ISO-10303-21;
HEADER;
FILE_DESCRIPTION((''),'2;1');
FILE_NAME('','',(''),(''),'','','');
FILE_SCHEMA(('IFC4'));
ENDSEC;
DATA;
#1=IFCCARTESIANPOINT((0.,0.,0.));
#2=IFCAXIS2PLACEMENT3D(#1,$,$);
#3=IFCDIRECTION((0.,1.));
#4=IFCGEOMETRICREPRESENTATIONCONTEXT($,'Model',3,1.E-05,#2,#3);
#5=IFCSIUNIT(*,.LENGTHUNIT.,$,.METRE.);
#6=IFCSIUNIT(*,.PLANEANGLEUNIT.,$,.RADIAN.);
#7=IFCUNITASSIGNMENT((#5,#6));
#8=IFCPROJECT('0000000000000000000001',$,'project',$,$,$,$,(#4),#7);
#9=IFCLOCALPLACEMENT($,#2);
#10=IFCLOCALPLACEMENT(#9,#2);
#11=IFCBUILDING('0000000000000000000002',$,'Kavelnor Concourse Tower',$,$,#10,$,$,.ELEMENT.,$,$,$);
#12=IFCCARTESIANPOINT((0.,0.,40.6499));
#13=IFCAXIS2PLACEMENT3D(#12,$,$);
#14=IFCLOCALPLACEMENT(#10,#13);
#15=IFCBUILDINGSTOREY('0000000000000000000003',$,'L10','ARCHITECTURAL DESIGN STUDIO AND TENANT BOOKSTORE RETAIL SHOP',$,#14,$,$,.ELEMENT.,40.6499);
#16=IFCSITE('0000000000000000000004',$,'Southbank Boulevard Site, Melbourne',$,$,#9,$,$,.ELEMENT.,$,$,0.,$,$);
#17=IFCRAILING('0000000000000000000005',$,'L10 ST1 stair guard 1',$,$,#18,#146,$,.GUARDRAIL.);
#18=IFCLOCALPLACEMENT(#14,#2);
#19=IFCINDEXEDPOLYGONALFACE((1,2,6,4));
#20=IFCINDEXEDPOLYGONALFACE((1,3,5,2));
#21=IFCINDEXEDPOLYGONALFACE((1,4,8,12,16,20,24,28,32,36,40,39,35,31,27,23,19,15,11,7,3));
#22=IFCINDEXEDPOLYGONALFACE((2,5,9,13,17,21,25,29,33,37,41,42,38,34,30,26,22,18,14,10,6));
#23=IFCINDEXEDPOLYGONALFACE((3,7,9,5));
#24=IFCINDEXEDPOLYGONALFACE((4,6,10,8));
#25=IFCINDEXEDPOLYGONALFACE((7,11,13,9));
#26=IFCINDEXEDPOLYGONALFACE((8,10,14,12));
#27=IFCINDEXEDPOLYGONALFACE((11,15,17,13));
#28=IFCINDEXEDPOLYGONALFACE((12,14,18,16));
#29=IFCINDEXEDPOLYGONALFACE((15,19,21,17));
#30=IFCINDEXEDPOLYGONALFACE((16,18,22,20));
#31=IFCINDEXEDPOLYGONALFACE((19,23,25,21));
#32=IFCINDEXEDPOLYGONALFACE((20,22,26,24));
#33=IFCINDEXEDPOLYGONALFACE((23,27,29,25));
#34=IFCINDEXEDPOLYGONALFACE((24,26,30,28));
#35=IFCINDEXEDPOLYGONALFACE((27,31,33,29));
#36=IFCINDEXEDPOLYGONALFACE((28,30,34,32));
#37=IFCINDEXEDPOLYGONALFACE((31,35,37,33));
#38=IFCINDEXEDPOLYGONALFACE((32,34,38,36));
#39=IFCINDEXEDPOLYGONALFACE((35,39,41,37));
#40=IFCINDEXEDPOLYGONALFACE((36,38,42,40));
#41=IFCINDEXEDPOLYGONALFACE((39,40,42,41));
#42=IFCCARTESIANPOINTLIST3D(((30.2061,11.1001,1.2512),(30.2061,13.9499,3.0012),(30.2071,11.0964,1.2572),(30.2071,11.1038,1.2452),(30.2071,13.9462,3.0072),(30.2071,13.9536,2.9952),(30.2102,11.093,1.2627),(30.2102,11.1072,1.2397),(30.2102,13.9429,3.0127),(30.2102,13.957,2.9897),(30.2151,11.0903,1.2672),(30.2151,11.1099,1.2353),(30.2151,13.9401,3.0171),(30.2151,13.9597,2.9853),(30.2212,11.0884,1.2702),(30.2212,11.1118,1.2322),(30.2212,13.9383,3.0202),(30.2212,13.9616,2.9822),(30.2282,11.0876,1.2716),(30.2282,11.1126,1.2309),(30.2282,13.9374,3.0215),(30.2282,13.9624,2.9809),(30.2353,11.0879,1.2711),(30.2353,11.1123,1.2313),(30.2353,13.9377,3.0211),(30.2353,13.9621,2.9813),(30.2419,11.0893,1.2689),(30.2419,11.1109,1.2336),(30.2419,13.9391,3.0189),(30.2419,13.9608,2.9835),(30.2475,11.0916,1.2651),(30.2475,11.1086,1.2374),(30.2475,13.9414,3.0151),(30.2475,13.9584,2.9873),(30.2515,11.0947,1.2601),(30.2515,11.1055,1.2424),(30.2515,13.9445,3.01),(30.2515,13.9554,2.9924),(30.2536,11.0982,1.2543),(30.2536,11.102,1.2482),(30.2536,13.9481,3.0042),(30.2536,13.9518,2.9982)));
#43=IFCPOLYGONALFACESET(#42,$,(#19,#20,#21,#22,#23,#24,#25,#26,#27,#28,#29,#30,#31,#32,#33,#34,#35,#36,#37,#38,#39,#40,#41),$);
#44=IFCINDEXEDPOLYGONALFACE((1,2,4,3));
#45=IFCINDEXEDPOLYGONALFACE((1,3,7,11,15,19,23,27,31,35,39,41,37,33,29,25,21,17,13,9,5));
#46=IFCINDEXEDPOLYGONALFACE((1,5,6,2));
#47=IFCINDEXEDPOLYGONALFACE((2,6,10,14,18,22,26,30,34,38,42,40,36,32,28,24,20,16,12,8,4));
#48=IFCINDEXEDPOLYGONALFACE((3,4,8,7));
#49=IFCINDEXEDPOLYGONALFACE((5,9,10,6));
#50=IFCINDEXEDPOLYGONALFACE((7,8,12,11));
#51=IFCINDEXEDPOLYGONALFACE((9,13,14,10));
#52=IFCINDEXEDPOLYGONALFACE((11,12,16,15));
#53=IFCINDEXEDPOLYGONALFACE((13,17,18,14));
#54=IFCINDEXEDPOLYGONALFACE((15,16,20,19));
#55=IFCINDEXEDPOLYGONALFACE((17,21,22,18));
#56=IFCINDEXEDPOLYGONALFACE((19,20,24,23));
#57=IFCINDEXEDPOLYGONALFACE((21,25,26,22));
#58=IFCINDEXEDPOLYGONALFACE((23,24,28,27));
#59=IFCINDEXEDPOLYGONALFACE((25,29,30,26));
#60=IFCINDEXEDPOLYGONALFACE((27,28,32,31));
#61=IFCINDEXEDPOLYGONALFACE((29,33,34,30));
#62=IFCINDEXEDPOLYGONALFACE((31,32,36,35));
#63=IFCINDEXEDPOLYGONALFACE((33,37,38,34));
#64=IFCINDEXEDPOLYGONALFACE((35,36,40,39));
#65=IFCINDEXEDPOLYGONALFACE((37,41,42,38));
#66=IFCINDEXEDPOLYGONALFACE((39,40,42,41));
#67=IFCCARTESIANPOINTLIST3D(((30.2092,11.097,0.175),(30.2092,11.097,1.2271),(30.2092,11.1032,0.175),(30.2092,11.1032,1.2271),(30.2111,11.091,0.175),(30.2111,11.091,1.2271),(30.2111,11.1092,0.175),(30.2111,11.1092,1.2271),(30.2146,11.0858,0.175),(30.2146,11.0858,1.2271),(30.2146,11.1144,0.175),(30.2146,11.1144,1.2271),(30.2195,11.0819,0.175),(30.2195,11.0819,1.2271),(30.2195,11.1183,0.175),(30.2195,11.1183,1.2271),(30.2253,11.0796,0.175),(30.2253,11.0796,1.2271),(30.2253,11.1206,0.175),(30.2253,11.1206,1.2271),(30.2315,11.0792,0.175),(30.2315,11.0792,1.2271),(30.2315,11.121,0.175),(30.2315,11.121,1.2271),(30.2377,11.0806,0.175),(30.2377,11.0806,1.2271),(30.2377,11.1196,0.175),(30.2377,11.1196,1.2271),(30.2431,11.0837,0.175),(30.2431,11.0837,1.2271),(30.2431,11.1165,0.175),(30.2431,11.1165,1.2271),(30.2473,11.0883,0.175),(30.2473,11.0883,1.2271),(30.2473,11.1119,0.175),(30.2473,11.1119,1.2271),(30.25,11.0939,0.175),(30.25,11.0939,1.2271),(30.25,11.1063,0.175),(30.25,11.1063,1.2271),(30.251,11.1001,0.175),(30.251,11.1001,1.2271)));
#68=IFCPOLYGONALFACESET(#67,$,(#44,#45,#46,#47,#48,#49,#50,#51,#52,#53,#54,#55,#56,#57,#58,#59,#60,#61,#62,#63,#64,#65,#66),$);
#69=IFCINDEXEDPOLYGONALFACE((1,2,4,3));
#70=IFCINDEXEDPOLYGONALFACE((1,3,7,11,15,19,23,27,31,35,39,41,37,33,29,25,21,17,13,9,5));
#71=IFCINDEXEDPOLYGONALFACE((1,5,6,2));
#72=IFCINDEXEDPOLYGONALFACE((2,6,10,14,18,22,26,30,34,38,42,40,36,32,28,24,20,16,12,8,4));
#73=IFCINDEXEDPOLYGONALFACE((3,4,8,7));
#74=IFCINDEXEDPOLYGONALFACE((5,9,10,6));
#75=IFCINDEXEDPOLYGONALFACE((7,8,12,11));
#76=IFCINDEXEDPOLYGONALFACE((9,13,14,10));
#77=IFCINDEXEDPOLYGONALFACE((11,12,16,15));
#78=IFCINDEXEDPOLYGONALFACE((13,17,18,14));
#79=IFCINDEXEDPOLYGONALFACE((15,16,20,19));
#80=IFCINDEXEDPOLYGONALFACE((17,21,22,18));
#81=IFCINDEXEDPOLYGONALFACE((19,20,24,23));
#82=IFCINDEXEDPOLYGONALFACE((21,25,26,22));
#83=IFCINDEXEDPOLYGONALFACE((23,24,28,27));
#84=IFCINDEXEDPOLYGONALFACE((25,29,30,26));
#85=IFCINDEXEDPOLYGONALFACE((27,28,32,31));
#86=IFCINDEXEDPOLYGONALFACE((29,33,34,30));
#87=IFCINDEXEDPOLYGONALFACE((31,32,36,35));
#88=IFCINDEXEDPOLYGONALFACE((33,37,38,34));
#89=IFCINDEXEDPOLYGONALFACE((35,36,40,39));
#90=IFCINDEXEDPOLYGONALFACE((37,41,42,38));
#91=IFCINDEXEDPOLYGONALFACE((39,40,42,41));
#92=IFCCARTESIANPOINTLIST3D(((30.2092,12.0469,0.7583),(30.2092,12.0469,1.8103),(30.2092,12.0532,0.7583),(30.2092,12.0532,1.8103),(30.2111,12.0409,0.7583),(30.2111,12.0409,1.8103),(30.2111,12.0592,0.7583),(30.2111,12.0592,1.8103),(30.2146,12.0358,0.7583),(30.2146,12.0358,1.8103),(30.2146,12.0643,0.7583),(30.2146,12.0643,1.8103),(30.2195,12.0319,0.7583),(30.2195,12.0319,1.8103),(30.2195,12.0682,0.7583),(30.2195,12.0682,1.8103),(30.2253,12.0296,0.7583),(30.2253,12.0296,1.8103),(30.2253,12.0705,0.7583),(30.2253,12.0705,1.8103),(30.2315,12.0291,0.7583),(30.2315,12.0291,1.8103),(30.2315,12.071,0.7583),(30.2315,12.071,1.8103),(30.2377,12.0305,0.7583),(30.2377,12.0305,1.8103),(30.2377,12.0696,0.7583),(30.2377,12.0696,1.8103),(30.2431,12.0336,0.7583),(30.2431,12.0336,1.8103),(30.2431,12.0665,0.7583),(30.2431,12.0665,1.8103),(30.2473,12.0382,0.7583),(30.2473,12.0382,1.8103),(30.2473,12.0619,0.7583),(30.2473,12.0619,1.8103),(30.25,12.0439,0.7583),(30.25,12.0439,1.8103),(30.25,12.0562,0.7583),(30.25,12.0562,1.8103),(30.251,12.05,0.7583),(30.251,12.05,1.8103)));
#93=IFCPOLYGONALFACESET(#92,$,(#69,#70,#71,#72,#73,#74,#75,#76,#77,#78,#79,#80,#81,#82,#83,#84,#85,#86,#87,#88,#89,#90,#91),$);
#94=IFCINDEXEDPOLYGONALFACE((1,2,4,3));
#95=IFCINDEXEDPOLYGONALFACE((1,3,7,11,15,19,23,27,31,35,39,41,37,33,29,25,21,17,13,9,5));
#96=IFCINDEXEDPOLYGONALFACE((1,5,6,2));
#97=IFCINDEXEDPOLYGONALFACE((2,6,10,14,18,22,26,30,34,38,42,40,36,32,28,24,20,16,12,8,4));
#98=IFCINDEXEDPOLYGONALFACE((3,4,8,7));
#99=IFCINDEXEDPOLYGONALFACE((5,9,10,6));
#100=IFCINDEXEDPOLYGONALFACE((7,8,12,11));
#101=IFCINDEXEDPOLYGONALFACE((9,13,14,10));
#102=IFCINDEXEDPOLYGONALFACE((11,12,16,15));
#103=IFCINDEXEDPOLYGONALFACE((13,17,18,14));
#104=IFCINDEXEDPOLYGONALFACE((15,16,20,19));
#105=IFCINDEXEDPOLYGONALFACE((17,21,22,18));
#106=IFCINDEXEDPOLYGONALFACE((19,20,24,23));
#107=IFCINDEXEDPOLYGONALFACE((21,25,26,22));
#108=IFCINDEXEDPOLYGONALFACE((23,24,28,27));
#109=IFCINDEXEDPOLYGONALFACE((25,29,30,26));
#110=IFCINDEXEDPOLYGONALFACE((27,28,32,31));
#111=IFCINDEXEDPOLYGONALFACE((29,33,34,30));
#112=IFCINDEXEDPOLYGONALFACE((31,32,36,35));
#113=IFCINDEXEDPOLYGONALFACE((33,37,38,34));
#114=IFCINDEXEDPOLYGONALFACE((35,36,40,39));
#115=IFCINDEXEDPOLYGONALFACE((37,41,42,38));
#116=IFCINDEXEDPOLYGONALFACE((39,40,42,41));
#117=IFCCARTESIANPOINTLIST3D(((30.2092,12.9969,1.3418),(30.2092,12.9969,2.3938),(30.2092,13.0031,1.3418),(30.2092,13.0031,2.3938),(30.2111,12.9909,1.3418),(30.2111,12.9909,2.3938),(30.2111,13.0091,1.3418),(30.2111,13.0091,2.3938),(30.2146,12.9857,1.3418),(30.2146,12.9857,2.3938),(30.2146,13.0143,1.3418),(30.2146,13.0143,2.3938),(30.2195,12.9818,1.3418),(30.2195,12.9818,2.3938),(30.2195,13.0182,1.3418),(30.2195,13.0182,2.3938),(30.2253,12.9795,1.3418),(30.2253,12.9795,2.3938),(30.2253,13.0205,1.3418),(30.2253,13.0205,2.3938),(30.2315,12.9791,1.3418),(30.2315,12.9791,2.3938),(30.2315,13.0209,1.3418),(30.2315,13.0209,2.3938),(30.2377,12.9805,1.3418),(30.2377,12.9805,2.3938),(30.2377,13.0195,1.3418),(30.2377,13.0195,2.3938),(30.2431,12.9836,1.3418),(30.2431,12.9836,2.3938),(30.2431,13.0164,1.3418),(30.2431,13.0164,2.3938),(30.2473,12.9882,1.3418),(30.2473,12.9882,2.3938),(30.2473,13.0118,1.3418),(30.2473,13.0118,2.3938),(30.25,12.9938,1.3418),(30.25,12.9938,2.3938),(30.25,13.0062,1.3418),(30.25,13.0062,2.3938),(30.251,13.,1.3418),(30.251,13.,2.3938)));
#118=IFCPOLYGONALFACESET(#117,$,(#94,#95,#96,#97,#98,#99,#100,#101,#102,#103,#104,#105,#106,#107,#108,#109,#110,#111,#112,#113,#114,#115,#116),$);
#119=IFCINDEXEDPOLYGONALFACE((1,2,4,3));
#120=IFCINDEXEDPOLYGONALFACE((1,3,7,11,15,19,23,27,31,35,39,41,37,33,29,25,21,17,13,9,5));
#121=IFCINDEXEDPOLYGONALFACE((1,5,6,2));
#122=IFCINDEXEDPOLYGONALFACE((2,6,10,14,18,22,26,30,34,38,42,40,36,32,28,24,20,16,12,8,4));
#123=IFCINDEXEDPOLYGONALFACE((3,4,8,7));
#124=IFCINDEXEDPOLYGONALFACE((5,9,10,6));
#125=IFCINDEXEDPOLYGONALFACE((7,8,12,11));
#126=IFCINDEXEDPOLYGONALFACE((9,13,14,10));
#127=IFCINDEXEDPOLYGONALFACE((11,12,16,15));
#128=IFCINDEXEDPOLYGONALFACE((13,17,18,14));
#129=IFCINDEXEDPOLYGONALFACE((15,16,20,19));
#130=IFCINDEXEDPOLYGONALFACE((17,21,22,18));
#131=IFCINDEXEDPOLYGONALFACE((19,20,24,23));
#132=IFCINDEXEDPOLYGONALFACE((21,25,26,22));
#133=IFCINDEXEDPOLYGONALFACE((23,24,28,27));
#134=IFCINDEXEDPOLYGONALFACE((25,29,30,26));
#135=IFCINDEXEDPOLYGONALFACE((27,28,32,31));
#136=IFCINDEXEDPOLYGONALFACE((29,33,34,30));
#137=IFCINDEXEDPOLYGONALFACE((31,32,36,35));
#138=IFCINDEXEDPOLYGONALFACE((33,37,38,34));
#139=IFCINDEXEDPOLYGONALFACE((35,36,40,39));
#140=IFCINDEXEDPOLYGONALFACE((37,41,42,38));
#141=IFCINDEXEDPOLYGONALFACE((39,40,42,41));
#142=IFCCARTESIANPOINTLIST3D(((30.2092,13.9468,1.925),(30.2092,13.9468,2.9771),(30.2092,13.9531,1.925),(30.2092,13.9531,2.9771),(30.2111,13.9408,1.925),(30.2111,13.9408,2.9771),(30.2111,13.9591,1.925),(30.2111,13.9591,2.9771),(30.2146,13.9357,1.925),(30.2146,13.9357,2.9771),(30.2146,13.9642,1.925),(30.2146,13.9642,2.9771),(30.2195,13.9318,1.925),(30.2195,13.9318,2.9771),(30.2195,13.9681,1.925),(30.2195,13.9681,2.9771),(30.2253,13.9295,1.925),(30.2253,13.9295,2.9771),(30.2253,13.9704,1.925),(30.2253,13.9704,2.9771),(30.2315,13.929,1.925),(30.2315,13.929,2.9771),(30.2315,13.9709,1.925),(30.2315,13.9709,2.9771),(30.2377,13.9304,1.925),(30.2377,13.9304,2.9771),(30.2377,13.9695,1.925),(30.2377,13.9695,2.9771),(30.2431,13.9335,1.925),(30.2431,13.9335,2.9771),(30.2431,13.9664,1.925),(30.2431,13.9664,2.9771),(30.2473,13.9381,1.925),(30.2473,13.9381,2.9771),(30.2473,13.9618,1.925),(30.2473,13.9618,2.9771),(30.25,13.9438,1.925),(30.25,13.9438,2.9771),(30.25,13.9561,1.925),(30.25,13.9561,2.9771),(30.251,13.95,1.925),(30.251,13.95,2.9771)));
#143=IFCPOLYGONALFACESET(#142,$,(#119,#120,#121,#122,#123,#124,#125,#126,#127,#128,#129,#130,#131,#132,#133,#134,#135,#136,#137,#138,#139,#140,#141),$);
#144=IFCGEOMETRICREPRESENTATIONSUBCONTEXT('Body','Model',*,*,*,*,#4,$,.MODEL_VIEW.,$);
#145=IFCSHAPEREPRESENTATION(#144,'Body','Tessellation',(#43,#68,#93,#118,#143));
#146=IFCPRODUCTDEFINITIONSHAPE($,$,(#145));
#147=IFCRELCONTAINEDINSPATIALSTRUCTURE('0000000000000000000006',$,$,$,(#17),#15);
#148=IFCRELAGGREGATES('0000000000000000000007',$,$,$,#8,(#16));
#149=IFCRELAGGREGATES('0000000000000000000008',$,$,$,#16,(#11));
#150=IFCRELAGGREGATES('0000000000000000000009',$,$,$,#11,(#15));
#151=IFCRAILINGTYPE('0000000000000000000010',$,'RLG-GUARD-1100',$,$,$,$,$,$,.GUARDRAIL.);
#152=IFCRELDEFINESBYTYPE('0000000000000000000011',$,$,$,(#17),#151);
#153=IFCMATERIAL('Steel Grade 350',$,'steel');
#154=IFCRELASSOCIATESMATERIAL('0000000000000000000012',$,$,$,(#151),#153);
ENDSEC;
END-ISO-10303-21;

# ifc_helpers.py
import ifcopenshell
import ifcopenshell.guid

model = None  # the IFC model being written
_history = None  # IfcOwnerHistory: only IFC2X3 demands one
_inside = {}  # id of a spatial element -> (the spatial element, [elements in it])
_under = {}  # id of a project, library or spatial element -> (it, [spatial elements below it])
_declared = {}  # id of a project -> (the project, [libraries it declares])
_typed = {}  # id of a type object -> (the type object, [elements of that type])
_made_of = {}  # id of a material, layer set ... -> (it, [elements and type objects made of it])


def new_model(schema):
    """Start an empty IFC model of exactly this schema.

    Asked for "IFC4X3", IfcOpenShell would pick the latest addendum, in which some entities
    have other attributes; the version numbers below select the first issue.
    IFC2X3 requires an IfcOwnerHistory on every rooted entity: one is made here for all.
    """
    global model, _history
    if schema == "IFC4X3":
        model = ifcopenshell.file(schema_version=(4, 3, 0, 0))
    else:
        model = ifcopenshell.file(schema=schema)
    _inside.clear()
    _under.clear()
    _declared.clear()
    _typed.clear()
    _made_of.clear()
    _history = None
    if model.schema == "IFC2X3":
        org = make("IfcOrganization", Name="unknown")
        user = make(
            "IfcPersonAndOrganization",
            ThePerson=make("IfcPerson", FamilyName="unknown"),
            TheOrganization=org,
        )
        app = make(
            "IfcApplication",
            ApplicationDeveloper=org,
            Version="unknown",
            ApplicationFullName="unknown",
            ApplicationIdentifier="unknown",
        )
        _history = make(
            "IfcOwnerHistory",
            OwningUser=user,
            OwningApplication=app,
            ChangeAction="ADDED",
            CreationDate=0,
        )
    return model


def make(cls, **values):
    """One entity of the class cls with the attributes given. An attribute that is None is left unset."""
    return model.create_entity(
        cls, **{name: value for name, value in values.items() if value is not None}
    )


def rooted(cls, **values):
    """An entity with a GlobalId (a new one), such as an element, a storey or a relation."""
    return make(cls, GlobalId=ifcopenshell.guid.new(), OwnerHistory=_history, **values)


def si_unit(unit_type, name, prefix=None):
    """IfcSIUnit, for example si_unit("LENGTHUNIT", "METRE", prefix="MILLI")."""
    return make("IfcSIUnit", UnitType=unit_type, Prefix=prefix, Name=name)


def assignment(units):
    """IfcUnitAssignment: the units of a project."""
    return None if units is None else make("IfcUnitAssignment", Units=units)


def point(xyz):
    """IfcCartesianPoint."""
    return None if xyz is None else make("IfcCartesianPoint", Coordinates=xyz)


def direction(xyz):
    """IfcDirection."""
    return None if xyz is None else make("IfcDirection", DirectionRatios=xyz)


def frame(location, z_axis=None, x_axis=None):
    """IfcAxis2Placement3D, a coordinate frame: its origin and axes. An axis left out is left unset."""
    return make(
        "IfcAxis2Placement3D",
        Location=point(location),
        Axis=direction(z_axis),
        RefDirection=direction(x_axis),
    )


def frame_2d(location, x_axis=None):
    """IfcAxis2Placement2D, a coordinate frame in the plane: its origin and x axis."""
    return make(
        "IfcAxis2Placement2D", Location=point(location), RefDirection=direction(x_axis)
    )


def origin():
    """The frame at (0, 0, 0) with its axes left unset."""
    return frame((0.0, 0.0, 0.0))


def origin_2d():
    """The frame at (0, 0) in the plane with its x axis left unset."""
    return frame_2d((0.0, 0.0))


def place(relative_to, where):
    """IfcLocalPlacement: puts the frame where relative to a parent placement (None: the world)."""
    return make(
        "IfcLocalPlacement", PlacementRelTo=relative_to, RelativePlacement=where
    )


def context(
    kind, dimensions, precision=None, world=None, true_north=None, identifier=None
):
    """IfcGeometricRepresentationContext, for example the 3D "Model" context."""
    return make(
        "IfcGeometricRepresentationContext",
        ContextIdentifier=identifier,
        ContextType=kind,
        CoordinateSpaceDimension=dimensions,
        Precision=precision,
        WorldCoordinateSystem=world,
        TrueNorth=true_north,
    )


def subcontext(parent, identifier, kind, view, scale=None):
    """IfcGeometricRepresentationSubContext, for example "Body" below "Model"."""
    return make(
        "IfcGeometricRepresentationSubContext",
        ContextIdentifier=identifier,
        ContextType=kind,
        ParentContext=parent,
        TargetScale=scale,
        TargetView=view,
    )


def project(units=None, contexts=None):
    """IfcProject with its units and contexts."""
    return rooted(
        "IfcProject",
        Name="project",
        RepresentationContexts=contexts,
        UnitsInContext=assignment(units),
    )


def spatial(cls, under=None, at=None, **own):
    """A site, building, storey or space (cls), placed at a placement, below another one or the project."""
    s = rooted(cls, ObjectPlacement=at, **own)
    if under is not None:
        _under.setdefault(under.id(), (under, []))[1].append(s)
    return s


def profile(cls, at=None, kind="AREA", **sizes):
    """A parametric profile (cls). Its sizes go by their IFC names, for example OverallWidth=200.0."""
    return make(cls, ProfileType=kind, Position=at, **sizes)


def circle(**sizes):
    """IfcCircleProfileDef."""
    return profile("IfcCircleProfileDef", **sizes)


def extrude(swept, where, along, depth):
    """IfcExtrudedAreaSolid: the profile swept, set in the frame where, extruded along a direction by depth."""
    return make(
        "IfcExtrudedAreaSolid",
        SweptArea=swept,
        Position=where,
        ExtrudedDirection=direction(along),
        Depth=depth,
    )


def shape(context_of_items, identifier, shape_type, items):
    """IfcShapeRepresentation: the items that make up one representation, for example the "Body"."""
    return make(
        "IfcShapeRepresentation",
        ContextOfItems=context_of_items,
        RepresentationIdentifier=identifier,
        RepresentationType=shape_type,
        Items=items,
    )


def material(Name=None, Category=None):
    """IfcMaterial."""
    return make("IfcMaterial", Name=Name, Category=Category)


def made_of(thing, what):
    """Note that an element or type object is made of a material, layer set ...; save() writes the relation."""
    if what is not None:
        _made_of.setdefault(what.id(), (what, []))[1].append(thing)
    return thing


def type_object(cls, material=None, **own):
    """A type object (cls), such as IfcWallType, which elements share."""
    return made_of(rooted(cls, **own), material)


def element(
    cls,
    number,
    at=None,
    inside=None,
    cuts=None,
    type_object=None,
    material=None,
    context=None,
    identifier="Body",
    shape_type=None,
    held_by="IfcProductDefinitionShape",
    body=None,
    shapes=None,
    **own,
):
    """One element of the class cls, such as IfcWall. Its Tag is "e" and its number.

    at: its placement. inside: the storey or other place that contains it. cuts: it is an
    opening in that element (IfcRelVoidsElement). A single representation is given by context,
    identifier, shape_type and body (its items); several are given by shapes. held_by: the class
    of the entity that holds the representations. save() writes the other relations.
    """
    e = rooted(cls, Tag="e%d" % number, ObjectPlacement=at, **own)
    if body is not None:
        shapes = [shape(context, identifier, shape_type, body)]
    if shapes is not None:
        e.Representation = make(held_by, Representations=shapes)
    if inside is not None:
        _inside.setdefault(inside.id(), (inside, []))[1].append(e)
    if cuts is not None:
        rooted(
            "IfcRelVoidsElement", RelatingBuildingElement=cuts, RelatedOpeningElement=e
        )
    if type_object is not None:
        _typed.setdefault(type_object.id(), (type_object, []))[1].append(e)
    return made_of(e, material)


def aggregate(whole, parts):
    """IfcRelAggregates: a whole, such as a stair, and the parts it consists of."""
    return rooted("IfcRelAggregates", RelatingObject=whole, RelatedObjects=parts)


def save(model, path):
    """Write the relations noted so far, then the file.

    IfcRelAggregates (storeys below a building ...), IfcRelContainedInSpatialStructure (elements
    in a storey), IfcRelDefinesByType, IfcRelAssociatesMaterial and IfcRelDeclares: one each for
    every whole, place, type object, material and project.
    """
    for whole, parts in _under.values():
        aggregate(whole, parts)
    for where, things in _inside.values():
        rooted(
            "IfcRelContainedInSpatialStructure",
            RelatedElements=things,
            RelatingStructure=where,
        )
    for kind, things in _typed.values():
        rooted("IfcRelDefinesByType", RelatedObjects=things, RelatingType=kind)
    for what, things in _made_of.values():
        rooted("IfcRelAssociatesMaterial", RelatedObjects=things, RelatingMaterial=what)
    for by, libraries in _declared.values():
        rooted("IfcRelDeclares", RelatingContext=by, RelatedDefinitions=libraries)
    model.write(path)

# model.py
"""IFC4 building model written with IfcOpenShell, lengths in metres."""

from ifc_helpers import new_model, si_unit, direction, frame, origin, origin_2d, place, context, subcontext, project, spatial, circle, extrude, material, type_object, element, save


model = new_model("IFC4")

# Units and contexts
model_context = context("Model", 3, precision=1e-05, world=origin(), true_north=direction((0.0, 1.0)))
body_context = subcontext(model_context, "Body", "Model", "MODEL_VIEW")
ifc_project = project(units=[si_unit("LENGTHUNIT", "METRE"), si_unit("PLANEANGLEUNIT", "RADIAN")], contexts=[model_context])

# Site, building, storey
site_placement = place(None, origin())
site = spatial("IfcSite", under=ifc_project, at=site_placement, Name="Southbank Boulevard Site, Melbourne", CompositionType="ELEMENT", RefElevation=0.0)
building_placement = place(site_placement, origin())
building = spatial("IfcBuilding", under=site, at=building_placement, Name="Kavelnor Concourse Tower", CompositionType="ELEMENT")
storey_placement = place(building_placement, frame((0.0, 0.0, 40.6499)))
storey = spatial("IfcBuildingStorey", under=building, at=storey_placement, Name="L10", Description="ARCHITECTURAL DESIGN STUDIO AND TENANT BOOKSTORE RETAIL SHOP", CompositionType="ELEMENT", Elevation=40.6499)

# Shared definitions
ifc_material_1 = material(Name="Steel Grade 350", Category="steel")

# Railing
railing_type_1 = type_object("IfcRailingType", Name="RLG-GUARD-1100", PredefinedType="GUARDRAIL", material=ifc_material_1)
railing_1_placement = place(storey_placement, frame((30.23, 11.1001, 0.175)))
element("IfcRailing", 1, at=railing_1_placement, inside=storey, type_object=railing_type_1, Name="L10 ST1 stair guard 1", PredefinedType="GUARDRAIL", context=body_context, shape_type="SweptSolid", body=[
    extrude(circle(Radius=0.0239, at=origin_2d()), frame((0.0, 0.0, 1.0762), z_axis=(0.0, 0.852159, 0.523283), x_axis=(-1.0, 0.0, 0.0)), (0.0, 0.0, 1.0), 3.3442),
    extrude(circle(Radius=0.021, at=origin_2d()), origin(), (0.0, 0.0, 1.0), 1.052),
    extrude(circle(Radius=0.021, at=origin_2d()), frame((0.0, 0.95, 0.5833)), (0.0, 0.0, 1.0), 1.052),
    extrude(circle(Radius=0.021, at=origin_2d()), frame((0.0, 1.8999, 1.1667)), (0.0, 0.0, 1.0), 1.052),
    extrude(circle(Radius=0.021, at=origin_2d()), frame((0.0, 2.8499, 1.75)), (0.0, 0.0, 1.0), 1.052),
])

save(model, "model.ifc")
